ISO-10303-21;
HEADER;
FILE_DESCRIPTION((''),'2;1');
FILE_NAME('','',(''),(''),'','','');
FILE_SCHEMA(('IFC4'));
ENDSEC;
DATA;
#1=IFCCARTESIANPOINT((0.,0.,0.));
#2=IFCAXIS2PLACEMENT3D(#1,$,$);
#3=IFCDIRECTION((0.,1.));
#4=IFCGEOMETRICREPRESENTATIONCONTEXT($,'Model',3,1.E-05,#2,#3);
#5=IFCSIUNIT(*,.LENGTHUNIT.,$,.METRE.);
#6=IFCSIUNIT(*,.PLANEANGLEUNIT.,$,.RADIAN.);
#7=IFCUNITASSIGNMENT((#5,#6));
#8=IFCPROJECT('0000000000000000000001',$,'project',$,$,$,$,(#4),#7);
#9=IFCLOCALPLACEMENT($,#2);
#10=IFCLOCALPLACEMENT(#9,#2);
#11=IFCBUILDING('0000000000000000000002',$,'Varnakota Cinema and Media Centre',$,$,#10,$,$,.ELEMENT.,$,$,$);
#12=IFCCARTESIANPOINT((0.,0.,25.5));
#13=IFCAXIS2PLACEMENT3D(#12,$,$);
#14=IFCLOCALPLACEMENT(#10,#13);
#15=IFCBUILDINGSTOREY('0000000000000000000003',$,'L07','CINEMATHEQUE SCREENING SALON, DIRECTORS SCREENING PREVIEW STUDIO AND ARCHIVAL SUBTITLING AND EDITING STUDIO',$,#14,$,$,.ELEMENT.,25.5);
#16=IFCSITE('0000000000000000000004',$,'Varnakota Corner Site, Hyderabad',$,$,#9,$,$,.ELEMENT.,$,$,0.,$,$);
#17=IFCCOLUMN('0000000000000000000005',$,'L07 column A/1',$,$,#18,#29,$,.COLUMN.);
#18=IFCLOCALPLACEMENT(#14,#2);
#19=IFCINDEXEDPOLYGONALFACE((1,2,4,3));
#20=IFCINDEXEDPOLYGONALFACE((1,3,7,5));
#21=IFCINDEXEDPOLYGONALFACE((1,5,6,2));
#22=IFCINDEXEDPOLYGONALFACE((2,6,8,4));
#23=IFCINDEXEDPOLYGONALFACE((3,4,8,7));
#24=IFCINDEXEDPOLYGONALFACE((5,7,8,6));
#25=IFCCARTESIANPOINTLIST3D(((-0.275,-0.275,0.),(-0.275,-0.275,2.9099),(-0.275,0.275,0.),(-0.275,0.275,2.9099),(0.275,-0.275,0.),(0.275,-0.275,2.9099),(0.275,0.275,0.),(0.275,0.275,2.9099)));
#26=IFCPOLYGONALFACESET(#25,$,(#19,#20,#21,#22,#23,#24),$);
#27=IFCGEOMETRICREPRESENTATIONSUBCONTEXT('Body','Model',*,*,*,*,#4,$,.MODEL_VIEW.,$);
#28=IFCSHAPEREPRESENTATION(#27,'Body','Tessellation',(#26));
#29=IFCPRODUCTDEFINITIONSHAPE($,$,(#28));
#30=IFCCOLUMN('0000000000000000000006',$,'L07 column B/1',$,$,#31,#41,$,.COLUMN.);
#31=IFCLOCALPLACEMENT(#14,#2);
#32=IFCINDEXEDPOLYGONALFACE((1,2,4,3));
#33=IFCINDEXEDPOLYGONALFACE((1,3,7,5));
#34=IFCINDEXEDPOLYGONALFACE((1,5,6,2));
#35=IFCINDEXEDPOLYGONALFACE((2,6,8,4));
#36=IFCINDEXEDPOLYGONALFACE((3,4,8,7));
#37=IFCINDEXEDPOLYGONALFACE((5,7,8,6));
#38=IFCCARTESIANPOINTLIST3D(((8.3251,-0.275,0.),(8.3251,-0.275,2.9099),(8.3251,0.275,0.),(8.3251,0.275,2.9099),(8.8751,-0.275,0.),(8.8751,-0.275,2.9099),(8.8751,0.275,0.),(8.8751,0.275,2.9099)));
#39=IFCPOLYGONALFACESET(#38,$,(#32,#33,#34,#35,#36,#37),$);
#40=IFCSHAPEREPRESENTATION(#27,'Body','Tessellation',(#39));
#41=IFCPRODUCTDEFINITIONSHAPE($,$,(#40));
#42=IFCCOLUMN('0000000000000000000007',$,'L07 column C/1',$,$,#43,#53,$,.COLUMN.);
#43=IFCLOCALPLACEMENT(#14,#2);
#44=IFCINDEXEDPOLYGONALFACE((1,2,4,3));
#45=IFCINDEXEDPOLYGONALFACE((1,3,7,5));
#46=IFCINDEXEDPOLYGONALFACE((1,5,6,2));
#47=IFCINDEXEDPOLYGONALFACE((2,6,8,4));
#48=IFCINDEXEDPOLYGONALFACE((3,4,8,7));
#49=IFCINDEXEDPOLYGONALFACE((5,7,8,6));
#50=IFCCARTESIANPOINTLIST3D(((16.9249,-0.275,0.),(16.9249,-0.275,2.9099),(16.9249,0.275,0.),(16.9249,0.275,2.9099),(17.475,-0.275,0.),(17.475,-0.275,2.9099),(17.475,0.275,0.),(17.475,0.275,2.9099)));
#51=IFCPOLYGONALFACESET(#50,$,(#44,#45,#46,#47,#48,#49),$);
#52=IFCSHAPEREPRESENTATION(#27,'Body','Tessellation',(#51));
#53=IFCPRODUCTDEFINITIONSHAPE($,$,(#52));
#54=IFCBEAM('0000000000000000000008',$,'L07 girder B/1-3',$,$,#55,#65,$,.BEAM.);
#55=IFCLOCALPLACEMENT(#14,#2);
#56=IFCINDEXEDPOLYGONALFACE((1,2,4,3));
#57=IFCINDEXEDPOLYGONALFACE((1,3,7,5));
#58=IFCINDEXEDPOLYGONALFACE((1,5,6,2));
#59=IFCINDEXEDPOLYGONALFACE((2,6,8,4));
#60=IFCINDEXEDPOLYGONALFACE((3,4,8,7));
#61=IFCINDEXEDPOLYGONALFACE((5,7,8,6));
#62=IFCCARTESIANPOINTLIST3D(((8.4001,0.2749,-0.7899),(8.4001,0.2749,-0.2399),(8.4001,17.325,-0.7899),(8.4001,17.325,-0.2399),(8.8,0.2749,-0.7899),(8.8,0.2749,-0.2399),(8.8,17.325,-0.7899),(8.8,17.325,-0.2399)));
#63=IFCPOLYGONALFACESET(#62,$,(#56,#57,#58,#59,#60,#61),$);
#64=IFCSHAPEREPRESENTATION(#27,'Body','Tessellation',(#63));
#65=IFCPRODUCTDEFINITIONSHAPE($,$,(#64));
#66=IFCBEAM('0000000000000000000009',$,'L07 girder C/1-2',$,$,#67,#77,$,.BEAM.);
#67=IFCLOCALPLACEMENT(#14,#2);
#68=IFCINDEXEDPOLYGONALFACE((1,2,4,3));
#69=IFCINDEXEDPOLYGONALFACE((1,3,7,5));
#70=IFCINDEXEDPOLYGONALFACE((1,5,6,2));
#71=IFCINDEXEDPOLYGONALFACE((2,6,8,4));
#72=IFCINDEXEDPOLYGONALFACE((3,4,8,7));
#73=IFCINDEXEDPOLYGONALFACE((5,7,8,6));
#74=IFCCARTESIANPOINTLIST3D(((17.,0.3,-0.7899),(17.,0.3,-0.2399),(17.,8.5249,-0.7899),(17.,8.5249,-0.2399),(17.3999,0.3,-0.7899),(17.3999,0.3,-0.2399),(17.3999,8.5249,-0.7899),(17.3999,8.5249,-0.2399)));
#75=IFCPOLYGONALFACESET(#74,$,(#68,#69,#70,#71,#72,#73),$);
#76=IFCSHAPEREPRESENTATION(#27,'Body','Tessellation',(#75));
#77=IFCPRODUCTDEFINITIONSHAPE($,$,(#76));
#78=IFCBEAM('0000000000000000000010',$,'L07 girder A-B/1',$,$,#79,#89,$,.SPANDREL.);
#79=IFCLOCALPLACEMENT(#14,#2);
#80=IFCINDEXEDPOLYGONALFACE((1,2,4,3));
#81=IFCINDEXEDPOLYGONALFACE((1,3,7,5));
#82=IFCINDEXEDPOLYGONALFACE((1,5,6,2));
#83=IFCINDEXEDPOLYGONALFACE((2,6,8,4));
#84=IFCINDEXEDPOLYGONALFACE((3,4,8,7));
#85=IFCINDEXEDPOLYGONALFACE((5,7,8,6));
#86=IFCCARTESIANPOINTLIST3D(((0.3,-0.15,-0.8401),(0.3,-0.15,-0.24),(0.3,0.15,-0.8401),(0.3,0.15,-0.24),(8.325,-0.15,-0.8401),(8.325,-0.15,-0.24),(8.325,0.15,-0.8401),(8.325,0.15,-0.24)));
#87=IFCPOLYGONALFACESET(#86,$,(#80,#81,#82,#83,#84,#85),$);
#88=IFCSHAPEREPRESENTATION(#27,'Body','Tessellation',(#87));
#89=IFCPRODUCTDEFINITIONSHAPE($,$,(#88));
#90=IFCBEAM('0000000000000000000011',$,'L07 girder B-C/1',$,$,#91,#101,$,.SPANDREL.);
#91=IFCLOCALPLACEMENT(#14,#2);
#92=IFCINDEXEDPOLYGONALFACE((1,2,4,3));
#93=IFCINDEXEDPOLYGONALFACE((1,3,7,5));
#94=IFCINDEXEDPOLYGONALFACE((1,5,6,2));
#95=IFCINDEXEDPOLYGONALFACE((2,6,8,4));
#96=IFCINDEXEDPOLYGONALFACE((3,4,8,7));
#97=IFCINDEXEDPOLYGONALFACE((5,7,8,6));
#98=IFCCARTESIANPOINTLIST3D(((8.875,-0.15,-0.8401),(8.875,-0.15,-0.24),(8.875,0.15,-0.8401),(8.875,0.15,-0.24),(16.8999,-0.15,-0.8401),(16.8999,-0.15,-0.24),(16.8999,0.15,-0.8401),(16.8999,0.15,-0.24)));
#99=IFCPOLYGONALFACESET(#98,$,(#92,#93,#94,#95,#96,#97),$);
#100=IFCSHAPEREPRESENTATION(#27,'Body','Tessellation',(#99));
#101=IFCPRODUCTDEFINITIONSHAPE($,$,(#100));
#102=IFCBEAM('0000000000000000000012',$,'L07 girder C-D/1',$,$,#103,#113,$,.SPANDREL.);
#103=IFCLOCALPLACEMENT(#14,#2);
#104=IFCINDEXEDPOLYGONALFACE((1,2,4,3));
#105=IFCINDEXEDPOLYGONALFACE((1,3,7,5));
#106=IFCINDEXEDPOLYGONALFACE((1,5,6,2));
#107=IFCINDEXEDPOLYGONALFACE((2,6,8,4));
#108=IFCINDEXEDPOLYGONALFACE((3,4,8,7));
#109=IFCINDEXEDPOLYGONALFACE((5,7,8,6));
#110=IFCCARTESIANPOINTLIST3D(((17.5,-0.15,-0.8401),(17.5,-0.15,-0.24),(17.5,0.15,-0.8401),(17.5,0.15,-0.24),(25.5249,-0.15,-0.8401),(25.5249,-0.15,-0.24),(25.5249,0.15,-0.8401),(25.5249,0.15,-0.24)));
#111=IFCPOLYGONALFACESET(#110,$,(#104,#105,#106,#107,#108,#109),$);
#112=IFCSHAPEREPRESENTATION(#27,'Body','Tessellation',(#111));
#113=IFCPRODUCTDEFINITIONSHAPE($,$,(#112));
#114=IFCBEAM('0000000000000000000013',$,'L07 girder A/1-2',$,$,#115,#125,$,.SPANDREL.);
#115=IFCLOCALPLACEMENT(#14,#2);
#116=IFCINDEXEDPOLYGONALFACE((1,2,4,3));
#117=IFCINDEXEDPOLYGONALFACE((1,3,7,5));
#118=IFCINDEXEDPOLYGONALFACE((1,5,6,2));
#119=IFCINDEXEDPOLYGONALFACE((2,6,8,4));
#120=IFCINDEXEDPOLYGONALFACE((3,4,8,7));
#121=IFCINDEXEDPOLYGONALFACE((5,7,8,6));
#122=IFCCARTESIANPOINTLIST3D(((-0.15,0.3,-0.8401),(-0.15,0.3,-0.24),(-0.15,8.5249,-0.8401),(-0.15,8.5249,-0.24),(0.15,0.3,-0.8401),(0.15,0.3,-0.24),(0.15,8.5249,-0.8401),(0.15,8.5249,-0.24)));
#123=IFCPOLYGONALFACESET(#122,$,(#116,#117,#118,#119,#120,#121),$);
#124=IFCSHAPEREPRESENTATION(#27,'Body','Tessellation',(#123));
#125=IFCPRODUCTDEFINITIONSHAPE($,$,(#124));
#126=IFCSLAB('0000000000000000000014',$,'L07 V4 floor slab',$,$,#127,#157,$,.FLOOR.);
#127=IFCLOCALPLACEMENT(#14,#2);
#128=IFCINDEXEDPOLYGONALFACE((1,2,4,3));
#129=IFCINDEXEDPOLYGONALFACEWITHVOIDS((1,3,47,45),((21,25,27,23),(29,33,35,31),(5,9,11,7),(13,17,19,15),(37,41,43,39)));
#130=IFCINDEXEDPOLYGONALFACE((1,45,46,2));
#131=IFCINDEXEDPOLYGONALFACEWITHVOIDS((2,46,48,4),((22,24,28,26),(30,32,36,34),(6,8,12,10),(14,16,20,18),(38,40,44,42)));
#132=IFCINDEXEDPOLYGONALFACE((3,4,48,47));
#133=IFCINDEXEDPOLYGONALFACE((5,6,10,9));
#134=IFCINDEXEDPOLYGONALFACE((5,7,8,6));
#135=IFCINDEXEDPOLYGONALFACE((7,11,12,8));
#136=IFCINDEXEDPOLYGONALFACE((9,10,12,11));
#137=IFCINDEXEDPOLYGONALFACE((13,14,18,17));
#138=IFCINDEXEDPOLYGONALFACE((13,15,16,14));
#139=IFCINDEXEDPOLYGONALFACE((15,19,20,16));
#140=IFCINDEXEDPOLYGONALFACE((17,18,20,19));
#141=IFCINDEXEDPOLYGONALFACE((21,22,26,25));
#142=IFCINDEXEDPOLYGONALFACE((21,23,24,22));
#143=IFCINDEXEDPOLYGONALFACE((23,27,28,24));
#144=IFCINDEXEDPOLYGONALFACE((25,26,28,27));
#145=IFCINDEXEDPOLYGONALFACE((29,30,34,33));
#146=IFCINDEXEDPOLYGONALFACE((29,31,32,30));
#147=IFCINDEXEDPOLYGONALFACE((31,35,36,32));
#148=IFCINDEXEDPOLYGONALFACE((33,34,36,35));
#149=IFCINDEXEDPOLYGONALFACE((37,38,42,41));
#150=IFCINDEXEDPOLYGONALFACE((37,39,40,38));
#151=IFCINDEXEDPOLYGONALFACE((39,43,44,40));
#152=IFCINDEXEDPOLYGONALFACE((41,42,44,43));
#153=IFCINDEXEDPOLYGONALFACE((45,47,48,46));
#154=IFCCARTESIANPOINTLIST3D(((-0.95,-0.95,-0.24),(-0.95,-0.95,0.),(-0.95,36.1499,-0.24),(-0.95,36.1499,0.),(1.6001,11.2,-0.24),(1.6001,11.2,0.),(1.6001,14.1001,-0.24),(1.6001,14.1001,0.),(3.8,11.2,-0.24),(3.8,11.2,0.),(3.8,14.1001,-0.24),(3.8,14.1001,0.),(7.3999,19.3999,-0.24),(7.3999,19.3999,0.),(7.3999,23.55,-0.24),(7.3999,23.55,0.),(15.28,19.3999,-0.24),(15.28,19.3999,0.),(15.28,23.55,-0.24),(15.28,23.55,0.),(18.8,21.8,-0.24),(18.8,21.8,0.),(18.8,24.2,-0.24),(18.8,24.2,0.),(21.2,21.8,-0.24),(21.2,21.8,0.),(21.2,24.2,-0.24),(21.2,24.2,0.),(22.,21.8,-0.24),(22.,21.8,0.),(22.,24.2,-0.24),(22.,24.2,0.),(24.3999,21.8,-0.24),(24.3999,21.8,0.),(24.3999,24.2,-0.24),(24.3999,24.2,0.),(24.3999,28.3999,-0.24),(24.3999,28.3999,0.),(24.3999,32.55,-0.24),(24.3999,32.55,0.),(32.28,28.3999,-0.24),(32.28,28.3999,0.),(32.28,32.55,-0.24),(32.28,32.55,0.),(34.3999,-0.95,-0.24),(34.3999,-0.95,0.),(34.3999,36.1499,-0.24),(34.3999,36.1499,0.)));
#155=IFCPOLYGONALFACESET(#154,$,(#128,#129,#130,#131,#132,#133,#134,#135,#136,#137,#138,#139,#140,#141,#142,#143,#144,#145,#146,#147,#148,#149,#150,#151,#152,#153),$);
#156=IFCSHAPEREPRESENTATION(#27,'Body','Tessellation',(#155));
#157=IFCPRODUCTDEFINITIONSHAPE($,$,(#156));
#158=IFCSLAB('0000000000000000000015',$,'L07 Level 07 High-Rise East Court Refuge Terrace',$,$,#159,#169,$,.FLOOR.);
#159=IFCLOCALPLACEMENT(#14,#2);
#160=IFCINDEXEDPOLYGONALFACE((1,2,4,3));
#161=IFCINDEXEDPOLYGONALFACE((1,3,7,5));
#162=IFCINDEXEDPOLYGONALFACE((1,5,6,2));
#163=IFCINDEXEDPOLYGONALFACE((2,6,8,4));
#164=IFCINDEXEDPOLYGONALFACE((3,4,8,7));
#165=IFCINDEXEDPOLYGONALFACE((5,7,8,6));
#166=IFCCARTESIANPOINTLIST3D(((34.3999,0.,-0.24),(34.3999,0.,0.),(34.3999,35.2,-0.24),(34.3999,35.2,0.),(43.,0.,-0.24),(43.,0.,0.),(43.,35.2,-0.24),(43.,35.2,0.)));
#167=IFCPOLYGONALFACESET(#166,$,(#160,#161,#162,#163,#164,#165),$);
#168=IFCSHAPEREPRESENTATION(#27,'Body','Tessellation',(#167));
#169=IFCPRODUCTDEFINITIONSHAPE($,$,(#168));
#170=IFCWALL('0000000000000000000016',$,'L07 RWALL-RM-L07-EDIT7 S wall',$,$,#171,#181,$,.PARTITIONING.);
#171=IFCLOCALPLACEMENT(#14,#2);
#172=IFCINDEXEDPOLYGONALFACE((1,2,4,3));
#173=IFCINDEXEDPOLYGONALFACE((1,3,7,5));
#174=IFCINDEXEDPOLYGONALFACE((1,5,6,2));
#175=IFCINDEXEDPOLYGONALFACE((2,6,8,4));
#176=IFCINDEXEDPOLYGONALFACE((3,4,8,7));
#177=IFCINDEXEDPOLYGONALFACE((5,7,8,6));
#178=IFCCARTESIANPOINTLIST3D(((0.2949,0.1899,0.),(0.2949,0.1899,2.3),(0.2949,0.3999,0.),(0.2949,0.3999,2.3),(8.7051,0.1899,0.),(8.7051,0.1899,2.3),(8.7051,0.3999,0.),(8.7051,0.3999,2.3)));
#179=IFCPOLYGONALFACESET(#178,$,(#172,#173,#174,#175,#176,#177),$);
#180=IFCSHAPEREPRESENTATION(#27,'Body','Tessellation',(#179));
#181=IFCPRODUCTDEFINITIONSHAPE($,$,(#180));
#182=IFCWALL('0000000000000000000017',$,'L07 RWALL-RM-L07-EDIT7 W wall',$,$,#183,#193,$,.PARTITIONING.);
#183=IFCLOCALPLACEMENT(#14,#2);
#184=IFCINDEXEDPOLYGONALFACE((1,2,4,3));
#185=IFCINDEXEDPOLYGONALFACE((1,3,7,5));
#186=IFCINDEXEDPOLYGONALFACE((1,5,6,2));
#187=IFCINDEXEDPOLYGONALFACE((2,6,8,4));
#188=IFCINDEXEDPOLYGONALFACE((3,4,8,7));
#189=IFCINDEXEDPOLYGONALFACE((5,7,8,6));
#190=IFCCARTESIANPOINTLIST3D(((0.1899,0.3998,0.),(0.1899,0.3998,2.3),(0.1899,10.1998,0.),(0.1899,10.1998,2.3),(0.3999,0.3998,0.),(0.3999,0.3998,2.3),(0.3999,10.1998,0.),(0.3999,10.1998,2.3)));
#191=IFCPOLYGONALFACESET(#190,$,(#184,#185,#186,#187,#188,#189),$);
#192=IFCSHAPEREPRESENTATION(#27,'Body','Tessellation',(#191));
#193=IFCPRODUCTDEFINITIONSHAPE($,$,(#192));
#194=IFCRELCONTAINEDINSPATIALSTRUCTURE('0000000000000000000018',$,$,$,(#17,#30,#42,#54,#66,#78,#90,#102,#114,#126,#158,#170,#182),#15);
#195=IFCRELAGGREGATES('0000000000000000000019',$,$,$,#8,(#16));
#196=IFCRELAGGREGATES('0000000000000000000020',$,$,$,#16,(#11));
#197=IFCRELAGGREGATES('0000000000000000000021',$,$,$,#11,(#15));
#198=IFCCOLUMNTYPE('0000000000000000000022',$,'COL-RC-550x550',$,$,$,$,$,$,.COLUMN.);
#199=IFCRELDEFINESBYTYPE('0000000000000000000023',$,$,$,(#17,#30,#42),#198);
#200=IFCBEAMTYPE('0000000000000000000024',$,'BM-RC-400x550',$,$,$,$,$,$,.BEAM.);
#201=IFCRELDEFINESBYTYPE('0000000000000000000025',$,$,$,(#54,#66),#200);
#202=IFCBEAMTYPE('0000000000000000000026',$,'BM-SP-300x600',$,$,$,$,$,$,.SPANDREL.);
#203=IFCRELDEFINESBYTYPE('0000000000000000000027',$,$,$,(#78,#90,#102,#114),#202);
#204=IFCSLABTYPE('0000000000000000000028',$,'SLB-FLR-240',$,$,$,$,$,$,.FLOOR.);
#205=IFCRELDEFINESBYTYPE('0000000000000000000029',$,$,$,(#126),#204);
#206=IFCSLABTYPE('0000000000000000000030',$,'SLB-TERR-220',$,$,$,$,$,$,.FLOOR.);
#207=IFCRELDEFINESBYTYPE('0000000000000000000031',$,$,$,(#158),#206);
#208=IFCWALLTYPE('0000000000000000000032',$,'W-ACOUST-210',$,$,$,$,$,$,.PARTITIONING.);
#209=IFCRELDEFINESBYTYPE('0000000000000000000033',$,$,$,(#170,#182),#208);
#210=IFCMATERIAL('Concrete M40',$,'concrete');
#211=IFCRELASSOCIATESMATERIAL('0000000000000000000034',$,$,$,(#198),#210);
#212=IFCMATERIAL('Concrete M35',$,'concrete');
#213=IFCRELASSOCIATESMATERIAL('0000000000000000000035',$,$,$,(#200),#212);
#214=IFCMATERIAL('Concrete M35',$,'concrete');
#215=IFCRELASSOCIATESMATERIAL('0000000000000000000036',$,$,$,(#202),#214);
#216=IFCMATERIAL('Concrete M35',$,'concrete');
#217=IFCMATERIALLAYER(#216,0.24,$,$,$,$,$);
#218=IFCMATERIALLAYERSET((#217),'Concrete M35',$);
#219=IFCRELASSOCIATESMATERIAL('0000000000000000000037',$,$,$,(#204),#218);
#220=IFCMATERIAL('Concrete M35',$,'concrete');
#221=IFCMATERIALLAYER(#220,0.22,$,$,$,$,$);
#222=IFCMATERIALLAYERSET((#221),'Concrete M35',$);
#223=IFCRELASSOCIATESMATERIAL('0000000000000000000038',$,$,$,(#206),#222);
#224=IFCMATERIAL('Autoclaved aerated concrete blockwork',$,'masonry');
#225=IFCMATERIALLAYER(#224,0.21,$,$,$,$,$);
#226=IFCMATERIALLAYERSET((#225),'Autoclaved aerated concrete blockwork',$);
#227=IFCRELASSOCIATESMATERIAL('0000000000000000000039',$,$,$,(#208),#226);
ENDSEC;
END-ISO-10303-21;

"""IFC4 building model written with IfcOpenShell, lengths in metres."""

from ifc_helpers import new_model, si_unit, direction, frame, frame_2d, origin, origin_2d, place, context, subcontext, project, spatial, polyline, rectangle, outline, extrude, material, layer, layer_set, material_profile, profile_set, type_object, element, save


model = new_model("IFC4")

# Units and contexts
model_context = context("Model", 3, precision=1e-05, world=origin(), true_north=direction((0.0, 1.0)))
body_context = subcontext(model_context, "Body", "Model", "MODEL_VIEW")
ifc_project = project(units=[si_unit("LENGTHUNIT", "METRE"), si_unit("PLANEANGLEUNIT", "RADIAN")], contexts=[model_context])

# Site, building, storey
site_placement = place(None, origin())
site = spatial("IfcSite", under=ifc_project, at=site_placement, Name="Varnakota Corner Site, Hyderabad", CompositionType="ELEMENT", RefElevation=0.0)
building_placement = place(site_placement, origin())
building = spatial("IfcBuilding", under=site, at=building_placement, Name="Varnakota Cinema and Media Centre", CompositionType="ELEMENT")
storey_placement = place(building_placement, frame((0.0, 0.0, 25.5)))
storey = spatial("IfcBuildingStorey", under=building, at=storey_placement, Name="L07", Description="CINEMATHEQUE SCREENING SALON, DIRECTORS SCREENING PREVIEW STUDIO AND ARCHIVAL SUBTITLING AND EDITING STUDIO", CompositionType="ELEMENT", Elevation=25.5)

# Columns
ifc_material_1 = material(Name="Concrete M40", Category="concrete")
ifc_material_profile_1 = material_profile(ifc_material_1, rectangle(XDim=0.55, YDim=0.55, at=origin_2d()), Name="RC 550x550")
ifc_profile_set_1 = profile_set([ifc_material_profile_1], Name="Concrete M40")
column_type = type_object("IfcColumnType", Name="COL-RC-550x550", PredefinedType="COLUMN", material=ifc_profile_set_1)
for number, where, z_axis, x_axis, name in (
    (1, (0.0, 0.0, 0.0), (0.0, 0.0, 1.0), (1.0, 0.0, 0.0), "L07 column A/1"),
    (2, (8.6001, 0.0, 0.0), (0.0, 0.0, 1.0), (1.0, 0.0, 0.0), "L07 column B/1"),
    (3, (17.2, 0.0, 0.0), (0.0, 0.0, 1.0), (1.0, 0.0, 0.0), "L07 column C/1"),
):
    element("IfcColumn", number, at=place(storey_placement, frame(where, z_axis=z_axis, x_axis=x_axis)), inside=storey, type_object=column_type, Name=name, PredefinedType="COLUMN", context=body_context, shape_type="SweptSolid", body=[
        extrude(rectangle(XDim=0.55, YDim=0.55, at=origin_2d()), origin(), (0.0, 0.0, 1.0), 2.9099),
    ])

# Beams
ifc_material_2 = material(Name="Concrete M35", Category="concrete")
ifc_material_profile_2 = material_profile(ifc_material_2, rectangle(XDim=0.3999, YDim=0.55, at=origin_2d()), Name="RCB 400x550")
ifc_profile_set_2 = profile_set([ifc_material_profile_2], Name="Concrete M35")
beam_type_1 = type_object("IfcBeamType", Name="BM-RC-400x550", PredefinedType="BEAM", material=ifc_profile_set_2)
beam_1_placement = place(storey_placement, frame((8.6001, 0.2749, -0.5149), z_axis=(0.0, 1.0, 0.0), x_axis=(-1.0, 0.0, 0.0)))
element("IfcBeam", 4, at=beam_1_placement, inside=storey, type_object=beam_type_1, Name="L07 girder B/1-3", PredefinedType="BEAM", context=body_context, shape_type="SweptSolid", body=[
    extrude(rectangle(XDim=0.3999, YDim=0.55, at=origin_2d()), origin(), (0.0, 0.0, 1.0), 17.05),
])
beam_2_placement = place(storey_placement, frame((17.2, 0.3, -0.5149), z_axis=(0.0, 1.0, 0.0), x_axis=(-1.0, 0.0, 0.0)))
element("IfcBeam", 5, at=beam_2_placement, inside=storey, type_object=beam_type_1, Name="L07 girder C/1-2", PredefinedType="BEAM", context=body_context, shape_type="SweptSolid", body=[
    extrude(rectangle(XDim=0.3999, YDim=0.55, at=origin_2d()), origin(), (0.0, 0.0, 1.0), 8.2249),
])
ifc_material_3 = material(Name="Concrete M35", Category="concrete")
ifc_material_profile_3 = material_profile(ifc_material_3, rectangle(XDim=0.3, YDim=0.6001, at=origin_2d()), Name="RCB 300x600")
ifc_profile_set_3 = profile_set([ifc_material_profile_3], Name="Concrete M35")
beam_type_2 = type_object("IfcBeamType", Name="BM-SP-300x600", PredefinedType="SPANDREL", material=ifc_profile_set_3)
for number, where, z_axis, x_axis, name in (
    (6, (0.3, 0.0, -0.54), (1.0, 0.0, 0.0), (0.0, 1.0, 0.0), "L07 girder A-B/1"),
    (7, (8.875, 0.0, -0.54), (1.0, 0.0, 0.0), (0.0, 1.0, 0.0), "L07 girder B-C/1"),
    (8, (17.5, 0.0, -0.54), (1.0, 0.0, 0.0), (0.0, 1.0, 0.0), "L07 girder C-D/1"),
):
    element("IfcBeam", number, at=place(storey_placement, frame(where, z_axis=z_axis, x_axis=x_axis)), inside=storey, type_object=beam_type_2, Name=name, PredefinedType="SPANDREL", context=body_context, shape_type="SweptSolid", body=[
        extrude(rectangle(XDim=0.3, YDim=0.6001, at=origin_2d()), origin(), (0.0, 0.0, 1.0), 8.0249),
    ])
beam_3_placement = place(storey_placement, frame((0.0, 0.3, -0.54), z_axis=(0.0, 1.0, 0.0), x_axis=(-1.0, 0.0, 0.0)))
element("IfcBeam", 9, at=beam_3_placement, inside=storey, type_object=beam_type_2, Name="L07 girder A/1-2", PredefinedType="SPANDREL", context=body_context, shape_type="SweptSolid", body=[
    extrude(rectangle(XDim=0.3, YDim=0.6001, at=origin_2d()), origin(), (0.0, 0.0, 1.0), 8.2249),
])

# Slabs
ifc_material_4 = material(Name="Concrete M35", Category="concrete")
ifc_layer_1 = layer(ifc_material_4, 0.24)
ifc_layer_set_1 = layer_set([ifc_layer_1], Name="Concrete M35")
slab_type_1 = type_object("IfcSlabType", Name="SLB-FLR-240", PredefinedType="FLOOR", material=ifc_layer_set_1)
slab_1_placement = place(storey_placement, frame((0.0, 0.0, -0.24)))
element("IfcSlab", 10, at=slab_1_placement, inside=storey, type_object=slab_type_1, Name="L07 V4 floor slab", PredefinedType="FLOOR", context=body_context, shape_type="SweptSolid", body=[
    extrude(outline(polyline([(-0.95, -0.95), (34.3999, -0.95), (34.3999, 36.1499), (-0.95, 36.1499), (-0.95, -0.95)]), holes=[polyline([(7.3999, 19.3999), (15.28, 19.3999), (15.28, 23.55), (7.3999, 23.55), (7.3999, 19.3999)]), polyline([(24.3999, 28.3999), (32.28, 28.3999), (32.28, 32.55), (24.3999, 32.55), (24.3999, 28.3999)]), polyline([(1.6001, 11.2), (3.8, 11.2), (3.8, 14.1001), (1.6001, 14.1001), (1.6001, 11.2)]), polyline([(18.8, 21.8), (21.2, 21.8), (21.2, 24.2), (18.8, 24.2), (18.8, 21.8)]), polyline([(22.0, 21.8), (24.3999, 21.8), (24.3999, 24.2), (22.0, 24.2), (22.0, 21.8)])]), origin(), (0.0, 0.0, 1.0), 0.24),
])
ifc_material_5 = material(Name="Concrete M35", Category="concrete")
ifc_layer_2 = layer(ifc_material_5, 0.22)
ifc_layer_set_2 = layer_set([ifc_layer_2], Name="Concrete M35")
slab_type_2 = type_object("IfcSlabType", Name="SLB-TERR-220", PredefinedType="FLOOR", material=ifc_layer_set_2)
slab_2_placement = place(storey_placement, frame((0.0, 0.0, -0.24)))
element("IfcSlab", 11, at=slab_2_placement, inside=storey, type_object=slab_type_2, Name="L07 Level 07 High-Rise East Court Refuge Terrace", PredefinedType="FLOOR", context=body_context, shape_type="SweptSolid", body=[
    extrude(outline(polyline([(34.3999, 0.0), (43.0, 0.0), (43.0, 35.2), (34.3999, 35.2), (34.3999, 0.0)])), origin(), (0.0, 0.0, 1.0), 0.24),
])

# Walls
ifc_material_6 = material(Name="Autoclaved aerated concrete blockwork", Category="masonry")
ifc_layer_3 = layer(ifc_material_6, 0.21)
ifc_layer_set_3 = layer_set([ifc_layer_3], Name="Autoclaved aerated concrete blockwork")
wall_type_1 = type_object("IfcWallType", Name="W-ACOUST-210", PredefinedType="PARTITIONING", material=ifc_layer_set_3)
wall_1_placement = place(storey_placement, frame((8.7051, 0.2949, 0.0), z_axis=(0.0, 0.0, 1.0), x_axis=(-1.0, 0.0, 0.0)))
element("IfcWall", 12, at=wall_1_placement, inside=storey, type_object=wall_type_1, Name="L07 RWALL-RM-L07-EDIT7 S wall", PredefinedType="PARTITIONING", context=body_context, shape_type="SweptSolid", body=[
    extrude(rectangle(XDim=8.4102, YDim=0.21, at=frame_2d((4.2051, 0.0))), origin(), (0.0, 0.0, 1.0), 2.3),
])
wall_2_placement = place(storey_placement, frame((0.2949, 0.3999, 0.0), z_axis=(0.0, 0.0, 1.0), x_axis=(0.0, 1.0, 0.0)))
element("IfcWall", 13, at=wall_2_placement, inside=storey, type_object=wall_type_1, Name="L07 RWALL-RM-L07-EDIT7 W wall", PredefinedType="PARTITIONING", context=body_context, shape_type="SweptSolid", body=[
    extrude(rectangle(XDim=9.8, YDim=0.21, at=frame_2d((4.8999, 0.0))), origin(), (0.0, 0.0, 1.0), 2.3),
])

save(model, "model.ifc")
